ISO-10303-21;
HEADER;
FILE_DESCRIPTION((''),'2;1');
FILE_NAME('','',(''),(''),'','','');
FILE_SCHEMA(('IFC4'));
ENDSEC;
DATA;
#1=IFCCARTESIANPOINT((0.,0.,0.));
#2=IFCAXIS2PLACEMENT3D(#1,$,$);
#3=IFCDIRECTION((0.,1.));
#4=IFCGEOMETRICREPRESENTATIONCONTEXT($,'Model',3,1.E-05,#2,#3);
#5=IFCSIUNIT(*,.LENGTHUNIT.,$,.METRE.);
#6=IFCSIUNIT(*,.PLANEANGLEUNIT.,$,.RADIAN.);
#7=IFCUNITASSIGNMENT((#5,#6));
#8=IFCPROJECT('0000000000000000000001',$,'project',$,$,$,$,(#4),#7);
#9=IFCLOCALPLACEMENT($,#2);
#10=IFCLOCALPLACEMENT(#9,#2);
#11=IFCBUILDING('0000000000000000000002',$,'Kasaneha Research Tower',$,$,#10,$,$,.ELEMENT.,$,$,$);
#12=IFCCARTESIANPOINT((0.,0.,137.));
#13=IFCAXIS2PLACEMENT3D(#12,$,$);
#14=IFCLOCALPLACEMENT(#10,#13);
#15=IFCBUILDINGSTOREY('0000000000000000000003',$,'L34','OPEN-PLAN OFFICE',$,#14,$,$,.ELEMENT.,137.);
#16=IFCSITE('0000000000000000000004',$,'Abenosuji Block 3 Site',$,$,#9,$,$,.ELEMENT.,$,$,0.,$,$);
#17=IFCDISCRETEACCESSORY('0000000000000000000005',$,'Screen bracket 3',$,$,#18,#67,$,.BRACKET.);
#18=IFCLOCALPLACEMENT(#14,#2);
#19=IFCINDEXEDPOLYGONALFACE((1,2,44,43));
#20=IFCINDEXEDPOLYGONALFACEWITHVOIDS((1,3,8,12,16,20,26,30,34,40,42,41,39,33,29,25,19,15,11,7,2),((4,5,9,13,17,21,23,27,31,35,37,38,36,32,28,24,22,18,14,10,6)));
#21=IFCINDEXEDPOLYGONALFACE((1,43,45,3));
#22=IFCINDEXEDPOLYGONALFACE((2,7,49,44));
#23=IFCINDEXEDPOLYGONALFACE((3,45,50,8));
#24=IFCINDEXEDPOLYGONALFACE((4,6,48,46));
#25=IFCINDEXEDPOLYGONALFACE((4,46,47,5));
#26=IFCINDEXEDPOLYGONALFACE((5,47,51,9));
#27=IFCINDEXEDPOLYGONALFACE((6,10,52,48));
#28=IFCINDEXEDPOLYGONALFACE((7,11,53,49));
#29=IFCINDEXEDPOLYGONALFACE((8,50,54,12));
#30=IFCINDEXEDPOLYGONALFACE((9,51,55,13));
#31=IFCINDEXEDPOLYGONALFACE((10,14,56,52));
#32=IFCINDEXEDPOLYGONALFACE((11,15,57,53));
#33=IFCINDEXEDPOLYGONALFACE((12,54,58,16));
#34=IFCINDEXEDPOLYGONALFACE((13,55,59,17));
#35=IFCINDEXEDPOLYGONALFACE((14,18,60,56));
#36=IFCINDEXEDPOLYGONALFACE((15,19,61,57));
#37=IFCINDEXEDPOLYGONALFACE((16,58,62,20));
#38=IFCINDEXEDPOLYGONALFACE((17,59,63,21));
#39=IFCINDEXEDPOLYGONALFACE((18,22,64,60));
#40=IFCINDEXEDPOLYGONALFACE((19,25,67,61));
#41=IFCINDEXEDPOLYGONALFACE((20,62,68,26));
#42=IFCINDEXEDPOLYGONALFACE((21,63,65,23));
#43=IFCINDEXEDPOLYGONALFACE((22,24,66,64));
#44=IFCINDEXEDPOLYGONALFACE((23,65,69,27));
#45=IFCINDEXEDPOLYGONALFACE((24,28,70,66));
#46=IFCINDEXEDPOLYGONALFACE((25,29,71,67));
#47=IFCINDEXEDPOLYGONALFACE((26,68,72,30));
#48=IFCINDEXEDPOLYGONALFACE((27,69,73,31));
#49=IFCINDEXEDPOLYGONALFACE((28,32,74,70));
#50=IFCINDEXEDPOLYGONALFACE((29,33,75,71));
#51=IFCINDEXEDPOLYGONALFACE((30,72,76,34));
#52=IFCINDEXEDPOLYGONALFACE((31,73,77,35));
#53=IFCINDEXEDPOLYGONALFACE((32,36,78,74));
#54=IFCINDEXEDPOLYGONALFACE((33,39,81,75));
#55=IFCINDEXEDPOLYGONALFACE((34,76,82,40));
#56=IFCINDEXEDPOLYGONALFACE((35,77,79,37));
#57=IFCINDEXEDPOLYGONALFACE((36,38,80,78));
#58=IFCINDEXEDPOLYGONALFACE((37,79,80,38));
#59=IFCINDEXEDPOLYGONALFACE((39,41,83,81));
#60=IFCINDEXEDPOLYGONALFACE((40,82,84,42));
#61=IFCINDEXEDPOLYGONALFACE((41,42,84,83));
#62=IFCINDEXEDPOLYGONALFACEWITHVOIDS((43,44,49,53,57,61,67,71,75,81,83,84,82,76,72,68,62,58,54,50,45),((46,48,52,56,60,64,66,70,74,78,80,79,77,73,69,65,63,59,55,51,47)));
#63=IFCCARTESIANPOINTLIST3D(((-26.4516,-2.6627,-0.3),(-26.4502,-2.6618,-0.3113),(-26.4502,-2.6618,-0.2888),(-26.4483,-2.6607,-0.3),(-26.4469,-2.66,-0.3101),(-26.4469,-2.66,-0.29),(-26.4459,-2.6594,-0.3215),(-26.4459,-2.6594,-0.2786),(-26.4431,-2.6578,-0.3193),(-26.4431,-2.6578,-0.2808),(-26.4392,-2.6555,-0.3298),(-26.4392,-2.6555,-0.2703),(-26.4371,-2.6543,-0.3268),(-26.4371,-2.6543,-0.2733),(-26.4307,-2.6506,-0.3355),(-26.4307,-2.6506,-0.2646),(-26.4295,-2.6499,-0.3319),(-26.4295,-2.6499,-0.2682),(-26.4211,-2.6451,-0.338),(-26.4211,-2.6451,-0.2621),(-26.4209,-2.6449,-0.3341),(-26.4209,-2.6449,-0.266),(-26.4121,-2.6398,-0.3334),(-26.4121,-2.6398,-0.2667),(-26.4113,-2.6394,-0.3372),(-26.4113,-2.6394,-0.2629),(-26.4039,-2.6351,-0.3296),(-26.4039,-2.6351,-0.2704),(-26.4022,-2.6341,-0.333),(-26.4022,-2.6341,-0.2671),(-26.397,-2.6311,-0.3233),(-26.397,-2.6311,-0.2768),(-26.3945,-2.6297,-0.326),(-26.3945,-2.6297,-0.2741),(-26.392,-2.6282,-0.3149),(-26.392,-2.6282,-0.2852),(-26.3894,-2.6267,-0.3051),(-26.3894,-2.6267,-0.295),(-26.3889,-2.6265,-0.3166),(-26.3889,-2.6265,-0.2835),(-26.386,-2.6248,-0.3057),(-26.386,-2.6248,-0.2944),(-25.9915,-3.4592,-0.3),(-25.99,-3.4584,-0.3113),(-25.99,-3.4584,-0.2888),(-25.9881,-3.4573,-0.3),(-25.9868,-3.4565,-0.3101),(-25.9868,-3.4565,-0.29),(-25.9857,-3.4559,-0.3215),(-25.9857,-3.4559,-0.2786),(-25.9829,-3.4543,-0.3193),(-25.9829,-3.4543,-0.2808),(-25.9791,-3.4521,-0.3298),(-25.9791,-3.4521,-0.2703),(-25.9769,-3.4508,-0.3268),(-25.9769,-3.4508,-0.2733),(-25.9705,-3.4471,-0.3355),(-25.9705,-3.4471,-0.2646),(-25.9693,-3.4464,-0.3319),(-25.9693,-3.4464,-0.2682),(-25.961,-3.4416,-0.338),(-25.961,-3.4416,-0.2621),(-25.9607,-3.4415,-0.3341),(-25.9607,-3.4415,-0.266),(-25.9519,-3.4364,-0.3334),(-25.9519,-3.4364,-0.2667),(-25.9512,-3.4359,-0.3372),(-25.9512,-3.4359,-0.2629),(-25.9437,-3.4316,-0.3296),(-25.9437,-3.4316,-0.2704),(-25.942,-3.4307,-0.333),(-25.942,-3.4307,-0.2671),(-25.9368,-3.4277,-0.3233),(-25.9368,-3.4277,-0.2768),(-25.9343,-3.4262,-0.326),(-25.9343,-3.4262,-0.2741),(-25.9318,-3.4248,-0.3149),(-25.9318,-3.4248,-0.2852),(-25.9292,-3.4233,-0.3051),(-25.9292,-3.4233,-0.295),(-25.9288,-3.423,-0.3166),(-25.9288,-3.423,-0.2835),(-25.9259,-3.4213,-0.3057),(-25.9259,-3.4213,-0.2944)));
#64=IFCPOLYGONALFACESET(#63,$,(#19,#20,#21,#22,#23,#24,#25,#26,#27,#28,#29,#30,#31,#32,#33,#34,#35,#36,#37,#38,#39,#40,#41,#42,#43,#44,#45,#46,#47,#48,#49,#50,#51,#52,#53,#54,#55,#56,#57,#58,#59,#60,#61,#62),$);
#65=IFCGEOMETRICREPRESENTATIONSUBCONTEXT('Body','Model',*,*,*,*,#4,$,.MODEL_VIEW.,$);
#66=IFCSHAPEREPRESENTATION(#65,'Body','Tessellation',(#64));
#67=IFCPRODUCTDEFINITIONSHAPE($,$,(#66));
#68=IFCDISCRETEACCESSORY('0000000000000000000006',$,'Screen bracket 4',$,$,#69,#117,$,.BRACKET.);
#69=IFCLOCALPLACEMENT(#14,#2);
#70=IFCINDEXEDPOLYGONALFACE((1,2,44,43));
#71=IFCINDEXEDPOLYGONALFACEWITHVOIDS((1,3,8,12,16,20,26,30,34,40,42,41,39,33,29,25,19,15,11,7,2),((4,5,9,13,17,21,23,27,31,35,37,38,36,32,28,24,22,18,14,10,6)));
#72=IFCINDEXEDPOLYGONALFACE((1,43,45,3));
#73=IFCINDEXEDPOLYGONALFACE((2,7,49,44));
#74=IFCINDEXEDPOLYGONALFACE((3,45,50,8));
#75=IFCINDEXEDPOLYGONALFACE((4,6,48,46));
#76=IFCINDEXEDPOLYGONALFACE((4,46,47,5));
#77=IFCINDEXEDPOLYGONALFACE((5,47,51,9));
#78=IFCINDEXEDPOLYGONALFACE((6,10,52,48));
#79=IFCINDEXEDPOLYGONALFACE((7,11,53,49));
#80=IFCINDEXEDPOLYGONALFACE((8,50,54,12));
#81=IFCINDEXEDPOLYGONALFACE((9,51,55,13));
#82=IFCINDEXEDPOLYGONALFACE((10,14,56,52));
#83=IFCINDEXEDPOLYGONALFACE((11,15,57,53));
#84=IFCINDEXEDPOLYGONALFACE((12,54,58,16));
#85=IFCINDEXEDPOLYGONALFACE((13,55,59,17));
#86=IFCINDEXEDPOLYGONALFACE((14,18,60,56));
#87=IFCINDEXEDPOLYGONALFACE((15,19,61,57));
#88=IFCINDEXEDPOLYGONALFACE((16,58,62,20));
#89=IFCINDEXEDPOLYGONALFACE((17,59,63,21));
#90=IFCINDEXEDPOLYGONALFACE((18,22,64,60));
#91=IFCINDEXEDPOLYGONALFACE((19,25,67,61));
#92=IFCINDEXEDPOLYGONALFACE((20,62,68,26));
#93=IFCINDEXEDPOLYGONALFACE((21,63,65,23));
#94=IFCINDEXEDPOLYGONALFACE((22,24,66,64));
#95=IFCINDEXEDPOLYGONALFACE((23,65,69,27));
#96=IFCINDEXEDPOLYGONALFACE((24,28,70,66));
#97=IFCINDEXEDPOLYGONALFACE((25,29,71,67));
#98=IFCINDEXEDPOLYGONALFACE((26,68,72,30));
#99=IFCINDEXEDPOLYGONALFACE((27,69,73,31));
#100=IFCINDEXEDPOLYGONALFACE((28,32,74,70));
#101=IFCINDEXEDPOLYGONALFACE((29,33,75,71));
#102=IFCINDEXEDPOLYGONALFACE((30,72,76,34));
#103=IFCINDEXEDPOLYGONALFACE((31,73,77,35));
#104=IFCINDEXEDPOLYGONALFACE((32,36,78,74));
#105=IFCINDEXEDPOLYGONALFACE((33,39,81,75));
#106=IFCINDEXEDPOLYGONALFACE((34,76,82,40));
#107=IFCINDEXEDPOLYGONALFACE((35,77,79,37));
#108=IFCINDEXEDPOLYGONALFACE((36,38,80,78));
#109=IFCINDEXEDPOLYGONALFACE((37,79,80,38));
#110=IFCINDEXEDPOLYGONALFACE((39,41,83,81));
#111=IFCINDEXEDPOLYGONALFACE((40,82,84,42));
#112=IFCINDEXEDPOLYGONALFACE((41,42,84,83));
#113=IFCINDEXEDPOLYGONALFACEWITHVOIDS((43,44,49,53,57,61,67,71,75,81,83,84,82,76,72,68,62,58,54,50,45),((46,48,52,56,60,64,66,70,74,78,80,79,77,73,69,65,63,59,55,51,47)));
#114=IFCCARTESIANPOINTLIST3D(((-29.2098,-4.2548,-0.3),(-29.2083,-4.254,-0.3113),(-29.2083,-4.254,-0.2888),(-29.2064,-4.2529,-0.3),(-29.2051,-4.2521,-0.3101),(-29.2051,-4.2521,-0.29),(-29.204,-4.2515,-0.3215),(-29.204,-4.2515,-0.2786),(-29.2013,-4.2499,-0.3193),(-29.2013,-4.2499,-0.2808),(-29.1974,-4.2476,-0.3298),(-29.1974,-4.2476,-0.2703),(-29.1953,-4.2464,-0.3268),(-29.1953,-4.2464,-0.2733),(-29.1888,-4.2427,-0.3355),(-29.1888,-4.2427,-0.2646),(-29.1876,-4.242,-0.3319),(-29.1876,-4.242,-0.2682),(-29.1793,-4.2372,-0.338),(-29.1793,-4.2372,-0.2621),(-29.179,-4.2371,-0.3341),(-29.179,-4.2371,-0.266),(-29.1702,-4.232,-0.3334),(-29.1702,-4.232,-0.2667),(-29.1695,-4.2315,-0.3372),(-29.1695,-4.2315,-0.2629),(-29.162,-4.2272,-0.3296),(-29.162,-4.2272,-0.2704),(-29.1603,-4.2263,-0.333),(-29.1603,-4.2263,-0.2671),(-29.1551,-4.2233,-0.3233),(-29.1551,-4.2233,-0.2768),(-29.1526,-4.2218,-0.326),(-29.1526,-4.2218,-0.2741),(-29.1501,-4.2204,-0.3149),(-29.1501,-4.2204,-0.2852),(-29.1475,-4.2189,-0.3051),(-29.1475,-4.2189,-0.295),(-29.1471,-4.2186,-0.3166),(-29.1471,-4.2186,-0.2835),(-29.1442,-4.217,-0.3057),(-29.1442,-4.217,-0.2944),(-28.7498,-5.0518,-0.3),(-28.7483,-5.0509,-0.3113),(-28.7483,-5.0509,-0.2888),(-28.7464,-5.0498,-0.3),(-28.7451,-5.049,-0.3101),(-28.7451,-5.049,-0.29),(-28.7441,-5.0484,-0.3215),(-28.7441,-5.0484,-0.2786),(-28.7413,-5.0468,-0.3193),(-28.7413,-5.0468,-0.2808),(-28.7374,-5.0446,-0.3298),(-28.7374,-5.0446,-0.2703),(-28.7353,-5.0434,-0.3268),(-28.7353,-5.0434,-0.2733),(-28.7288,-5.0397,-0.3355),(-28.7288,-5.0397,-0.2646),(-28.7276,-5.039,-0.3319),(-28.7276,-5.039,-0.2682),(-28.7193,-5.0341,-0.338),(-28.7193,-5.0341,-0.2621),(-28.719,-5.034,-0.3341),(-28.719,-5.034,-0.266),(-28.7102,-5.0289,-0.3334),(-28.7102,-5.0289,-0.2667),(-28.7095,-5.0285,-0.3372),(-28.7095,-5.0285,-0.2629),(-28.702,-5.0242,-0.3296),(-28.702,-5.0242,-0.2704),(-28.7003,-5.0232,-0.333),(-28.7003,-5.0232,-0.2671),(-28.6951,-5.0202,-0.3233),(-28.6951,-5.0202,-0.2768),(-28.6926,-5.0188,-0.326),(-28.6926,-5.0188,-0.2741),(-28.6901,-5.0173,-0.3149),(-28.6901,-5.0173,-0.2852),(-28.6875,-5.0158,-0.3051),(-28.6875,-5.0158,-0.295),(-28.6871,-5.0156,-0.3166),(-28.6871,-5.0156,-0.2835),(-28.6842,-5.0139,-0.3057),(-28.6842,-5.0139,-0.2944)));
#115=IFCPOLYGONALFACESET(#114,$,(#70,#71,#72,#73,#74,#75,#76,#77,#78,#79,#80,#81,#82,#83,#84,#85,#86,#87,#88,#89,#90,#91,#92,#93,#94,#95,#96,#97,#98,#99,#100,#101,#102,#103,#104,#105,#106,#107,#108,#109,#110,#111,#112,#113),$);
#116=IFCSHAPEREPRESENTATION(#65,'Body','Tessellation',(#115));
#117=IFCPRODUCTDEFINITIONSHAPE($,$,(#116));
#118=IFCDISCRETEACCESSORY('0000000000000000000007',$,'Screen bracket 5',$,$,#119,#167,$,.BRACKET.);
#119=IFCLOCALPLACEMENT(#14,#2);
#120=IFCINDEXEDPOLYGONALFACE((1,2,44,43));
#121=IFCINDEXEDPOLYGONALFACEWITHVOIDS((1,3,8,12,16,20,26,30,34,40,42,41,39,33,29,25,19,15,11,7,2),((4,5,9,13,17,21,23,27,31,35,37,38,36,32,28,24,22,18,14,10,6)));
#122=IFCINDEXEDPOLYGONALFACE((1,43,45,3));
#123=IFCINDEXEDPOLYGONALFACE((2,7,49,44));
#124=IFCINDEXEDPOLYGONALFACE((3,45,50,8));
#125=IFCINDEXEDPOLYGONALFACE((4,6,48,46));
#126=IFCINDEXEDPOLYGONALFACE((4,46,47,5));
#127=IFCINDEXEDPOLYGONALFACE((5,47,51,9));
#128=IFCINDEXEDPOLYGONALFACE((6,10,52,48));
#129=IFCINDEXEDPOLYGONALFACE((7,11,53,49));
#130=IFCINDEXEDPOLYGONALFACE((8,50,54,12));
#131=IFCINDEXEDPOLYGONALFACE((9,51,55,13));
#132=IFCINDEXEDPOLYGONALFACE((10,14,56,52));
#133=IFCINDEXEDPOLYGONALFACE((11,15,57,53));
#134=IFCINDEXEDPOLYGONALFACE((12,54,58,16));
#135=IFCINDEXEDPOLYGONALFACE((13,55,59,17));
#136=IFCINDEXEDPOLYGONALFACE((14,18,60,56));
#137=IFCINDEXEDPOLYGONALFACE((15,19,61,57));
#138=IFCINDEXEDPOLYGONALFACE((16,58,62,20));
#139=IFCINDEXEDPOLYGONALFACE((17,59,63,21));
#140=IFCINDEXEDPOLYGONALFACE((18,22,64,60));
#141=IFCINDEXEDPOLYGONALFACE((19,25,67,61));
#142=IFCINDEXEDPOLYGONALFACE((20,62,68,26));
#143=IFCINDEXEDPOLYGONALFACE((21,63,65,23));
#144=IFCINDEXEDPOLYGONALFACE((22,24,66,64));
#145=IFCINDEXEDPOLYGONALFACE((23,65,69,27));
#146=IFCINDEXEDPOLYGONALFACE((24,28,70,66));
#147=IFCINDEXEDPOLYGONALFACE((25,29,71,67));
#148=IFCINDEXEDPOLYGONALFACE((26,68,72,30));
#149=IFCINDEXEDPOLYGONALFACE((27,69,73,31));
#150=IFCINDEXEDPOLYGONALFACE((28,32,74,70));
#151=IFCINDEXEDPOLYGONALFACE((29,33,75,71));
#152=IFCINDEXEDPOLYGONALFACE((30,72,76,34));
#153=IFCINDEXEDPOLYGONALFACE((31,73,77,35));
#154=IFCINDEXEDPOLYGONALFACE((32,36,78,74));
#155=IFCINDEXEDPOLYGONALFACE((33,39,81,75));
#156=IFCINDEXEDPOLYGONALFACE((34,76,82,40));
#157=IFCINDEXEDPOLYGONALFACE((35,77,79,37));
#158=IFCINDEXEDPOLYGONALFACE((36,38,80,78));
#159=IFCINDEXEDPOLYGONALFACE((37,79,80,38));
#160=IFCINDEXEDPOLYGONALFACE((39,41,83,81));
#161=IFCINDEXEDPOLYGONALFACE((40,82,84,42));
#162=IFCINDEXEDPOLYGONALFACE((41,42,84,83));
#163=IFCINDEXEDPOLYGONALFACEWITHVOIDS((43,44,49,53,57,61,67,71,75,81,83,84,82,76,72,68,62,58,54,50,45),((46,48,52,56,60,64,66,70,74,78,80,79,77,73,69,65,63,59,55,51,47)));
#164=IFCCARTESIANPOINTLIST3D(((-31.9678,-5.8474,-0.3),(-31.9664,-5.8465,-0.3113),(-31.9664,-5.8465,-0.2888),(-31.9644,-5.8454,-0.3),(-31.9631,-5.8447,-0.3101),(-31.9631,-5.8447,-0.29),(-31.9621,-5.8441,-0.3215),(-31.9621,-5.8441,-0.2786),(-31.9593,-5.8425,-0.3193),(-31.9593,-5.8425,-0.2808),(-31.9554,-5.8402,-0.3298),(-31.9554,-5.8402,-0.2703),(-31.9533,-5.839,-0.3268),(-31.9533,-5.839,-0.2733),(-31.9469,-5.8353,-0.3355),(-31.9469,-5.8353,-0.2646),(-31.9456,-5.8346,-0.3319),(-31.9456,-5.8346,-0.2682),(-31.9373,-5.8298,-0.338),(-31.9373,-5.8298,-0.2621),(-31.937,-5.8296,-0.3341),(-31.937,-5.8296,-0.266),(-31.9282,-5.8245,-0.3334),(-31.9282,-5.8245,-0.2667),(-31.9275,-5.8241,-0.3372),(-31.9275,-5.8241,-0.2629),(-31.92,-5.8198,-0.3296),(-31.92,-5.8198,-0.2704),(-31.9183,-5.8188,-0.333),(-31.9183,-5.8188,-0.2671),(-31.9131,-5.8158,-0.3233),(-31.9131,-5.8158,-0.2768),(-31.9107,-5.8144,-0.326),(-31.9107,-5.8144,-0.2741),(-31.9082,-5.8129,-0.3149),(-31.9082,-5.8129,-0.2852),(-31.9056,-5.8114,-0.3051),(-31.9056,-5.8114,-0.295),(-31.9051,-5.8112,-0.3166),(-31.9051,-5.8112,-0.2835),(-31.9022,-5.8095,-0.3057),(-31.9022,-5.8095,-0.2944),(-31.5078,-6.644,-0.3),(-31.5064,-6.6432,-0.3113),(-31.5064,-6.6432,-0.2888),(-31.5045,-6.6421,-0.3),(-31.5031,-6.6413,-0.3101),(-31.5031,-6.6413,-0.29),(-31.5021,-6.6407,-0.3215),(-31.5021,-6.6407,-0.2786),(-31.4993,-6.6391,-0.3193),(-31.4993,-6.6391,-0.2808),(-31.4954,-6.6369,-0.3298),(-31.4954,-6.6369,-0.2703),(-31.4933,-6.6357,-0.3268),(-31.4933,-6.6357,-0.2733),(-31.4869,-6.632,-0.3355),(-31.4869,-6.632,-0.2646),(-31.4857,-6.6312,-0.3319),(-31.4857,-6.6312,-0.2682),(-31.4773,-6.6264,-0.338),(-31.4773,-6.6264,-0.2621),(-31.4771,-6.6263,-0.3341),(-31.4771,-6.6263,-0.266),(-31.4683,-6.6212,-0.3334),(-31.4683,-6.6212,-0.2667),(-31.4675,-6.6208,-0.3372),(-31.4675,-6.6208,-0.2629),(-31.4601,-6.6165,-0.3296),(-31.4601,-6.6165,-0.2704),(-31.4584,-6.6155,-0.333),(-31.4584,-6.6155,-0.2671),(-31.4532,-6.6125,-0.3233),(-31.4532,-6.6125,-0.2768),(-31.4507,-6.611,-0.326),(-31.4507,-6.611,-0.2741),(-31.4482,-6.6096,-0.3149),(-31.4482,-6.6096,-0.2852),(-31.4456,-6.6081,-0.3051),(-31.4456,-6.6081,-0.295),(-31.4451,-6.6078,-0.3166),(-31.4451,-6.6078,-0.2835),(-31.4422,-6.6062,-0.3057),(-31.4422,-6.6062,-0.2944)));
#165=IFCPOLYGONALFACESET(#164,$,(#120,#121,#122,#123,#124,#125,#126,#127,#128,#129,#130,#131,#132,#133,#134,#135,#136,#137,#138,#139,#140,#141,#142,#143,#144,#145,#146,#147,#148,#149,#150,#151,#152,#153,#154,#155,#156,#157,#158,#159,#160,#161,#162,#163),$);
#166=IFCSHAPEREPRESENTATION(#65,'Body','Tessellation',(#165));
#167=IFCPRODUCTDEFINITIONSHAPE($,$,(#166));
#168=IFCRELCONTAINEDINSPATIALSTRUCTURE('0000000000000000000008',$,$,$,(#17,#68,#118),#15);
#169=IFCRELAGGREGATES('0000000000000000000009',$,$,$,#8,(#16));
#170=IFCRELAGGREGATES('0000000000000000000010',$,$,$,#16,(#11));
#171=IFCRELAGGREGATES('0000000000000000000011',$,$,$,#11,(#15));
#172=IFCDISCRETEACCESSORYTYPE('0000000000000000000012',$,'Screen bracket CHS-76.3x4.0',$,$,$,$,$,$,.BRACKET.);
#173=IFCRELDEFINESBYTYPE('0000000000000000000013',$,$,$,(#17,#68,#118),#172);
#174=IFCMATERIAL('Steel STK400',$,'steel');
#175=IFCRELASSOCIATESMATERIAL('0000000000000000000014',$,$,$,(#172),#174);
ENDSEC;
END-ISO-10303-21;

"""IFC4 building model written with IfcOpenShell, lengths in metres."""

from ifc_helpers import new_model, si_unit, direction, frame, origin, origin_2d, place, context, subcontext, project, spatial, hollow_circle, extrude, material, material_profile, profile_set, type_object, element, save


model = new_model("IFC4")

# Units and contexts
model_context = context("Model", 3, precision=1e-05, world=origin(), true_north=direction((0.0, 1.0)))
body_context = subcontext(model_context, "Body", "Model", "MODEL_VIEW")
ifc_project = project(units=[si_unit("LENGTHUNIT", "METRE"), si_unit("PLANEANGLEUNIT", "RADIAN")], contexts=[model_context])

# Site, building, storey
site_placement = place(None, origin())
site = spatial("IfcSite", under=ifc_project, at=site_placement, Name="Abenosuji Block 3 Site", CompositionType="ELEMENT", RefElevation=0.0)
building_placement = place(site_placement, origin())
building = spatial("IfcBuilding", under=site, at=building_placement, Name="Kasaneha Research Tower", CompositionType="ELEMENT")
storey_placement = place(building_placement, frame((0.0, 0.0, 137.0)))
storey = spatial("IfcBuildingStorey", under=building, at=storey_placement, Name="L34", Description="OPEN-PLAN OFFICE", CompositionType="ELEMENT", Elevation=137.0)

# Discrete accessories
ifc_material_1 = material(Name="Steel STK400", Category="steel")
ifc_material_profile_1 = material_profile(ifc_material_1, hollow_circle(Radius=0.0381, WallThickness=0.0039, at=origin_2d()), Name="CHS-76.3x4.0")
ifc_profile_set_1 = profile_set([ifc_material_profile_1], Name="Steel STK400")
discrete_accessory_type = type_object("IfcDiscreteAccessoryType", Name="Screen bracket CHS-76.3x4.0", PredefinedType="BRACKET", material=ifc_profile_set_1)
discrete_accessory_1_placement = place(storey_placement, frame((-25.9585, -3.4402, -0.3), z_axis=(-0.50022, 0.865898, 0.0), x_axis=(-0.865898, -0.50022, 0.0)))
element("IfcDiscreteAccessory", 1, at=discrete_accessory_1_placement, inside=storey, type_object=discrete_accessory_type, Name="Screen bracket 3", PredefinedType="BRACKET", context=body_context, shape_type="SweptSolid", body=[
    extrude(hollow_circle(Radius=0.0381, WallThickness=0.0039, at=origin_2d()), origin(), (0.0, 0.0, 1.0), 0.9199),
])
discrete_accessory_2_placement = place(storey_placement, frame((-28.7168, -5.0327, -0.3), z_axis=(-0.499906, 0.86608, 0.0), x_axis=(-0.86608, -0.499906, 0.0)))
element("IfcDiscreteAccessory", 2, at=discrete_accessory_2_placement, inside=storey, type_object=discrete_accessory_type, Name="Screen bracket 4", PredefinedType="BRACKET", context=body_context, shape_type="SweptSolid", body=[
    extrude(hollow_circle(Radius=0.0381, WallThickness=0.0039, at=origin_2d()), origin(), (0.0, 0.0, 1.0), 0.9202),
])
discrete_accessory_3_placement = place(storey_placement, frame((-31.4749, -6.625, -0.3), z_axis=(-0.500021, 0.866013, 0.0), x_axis=(-0.866013, -0.500021, 0.0)))
element("IfcDiscreteAccessory", 3, at=discrete_accessory_3_placement, inside=storey, type_object=discrete_accessory_type, Name="Screen bracket 5", PredefinedType="BRACKET", context=body_context, shape_type="SweptSolid", body=[
    extrude(hollow_circle(Radius=0.0381, WallThickness=0.0039, at=origin_2d()), origin(), (0.0, 0.0, 1.0), 0.9199),
])

save(model, "model.ifc")
